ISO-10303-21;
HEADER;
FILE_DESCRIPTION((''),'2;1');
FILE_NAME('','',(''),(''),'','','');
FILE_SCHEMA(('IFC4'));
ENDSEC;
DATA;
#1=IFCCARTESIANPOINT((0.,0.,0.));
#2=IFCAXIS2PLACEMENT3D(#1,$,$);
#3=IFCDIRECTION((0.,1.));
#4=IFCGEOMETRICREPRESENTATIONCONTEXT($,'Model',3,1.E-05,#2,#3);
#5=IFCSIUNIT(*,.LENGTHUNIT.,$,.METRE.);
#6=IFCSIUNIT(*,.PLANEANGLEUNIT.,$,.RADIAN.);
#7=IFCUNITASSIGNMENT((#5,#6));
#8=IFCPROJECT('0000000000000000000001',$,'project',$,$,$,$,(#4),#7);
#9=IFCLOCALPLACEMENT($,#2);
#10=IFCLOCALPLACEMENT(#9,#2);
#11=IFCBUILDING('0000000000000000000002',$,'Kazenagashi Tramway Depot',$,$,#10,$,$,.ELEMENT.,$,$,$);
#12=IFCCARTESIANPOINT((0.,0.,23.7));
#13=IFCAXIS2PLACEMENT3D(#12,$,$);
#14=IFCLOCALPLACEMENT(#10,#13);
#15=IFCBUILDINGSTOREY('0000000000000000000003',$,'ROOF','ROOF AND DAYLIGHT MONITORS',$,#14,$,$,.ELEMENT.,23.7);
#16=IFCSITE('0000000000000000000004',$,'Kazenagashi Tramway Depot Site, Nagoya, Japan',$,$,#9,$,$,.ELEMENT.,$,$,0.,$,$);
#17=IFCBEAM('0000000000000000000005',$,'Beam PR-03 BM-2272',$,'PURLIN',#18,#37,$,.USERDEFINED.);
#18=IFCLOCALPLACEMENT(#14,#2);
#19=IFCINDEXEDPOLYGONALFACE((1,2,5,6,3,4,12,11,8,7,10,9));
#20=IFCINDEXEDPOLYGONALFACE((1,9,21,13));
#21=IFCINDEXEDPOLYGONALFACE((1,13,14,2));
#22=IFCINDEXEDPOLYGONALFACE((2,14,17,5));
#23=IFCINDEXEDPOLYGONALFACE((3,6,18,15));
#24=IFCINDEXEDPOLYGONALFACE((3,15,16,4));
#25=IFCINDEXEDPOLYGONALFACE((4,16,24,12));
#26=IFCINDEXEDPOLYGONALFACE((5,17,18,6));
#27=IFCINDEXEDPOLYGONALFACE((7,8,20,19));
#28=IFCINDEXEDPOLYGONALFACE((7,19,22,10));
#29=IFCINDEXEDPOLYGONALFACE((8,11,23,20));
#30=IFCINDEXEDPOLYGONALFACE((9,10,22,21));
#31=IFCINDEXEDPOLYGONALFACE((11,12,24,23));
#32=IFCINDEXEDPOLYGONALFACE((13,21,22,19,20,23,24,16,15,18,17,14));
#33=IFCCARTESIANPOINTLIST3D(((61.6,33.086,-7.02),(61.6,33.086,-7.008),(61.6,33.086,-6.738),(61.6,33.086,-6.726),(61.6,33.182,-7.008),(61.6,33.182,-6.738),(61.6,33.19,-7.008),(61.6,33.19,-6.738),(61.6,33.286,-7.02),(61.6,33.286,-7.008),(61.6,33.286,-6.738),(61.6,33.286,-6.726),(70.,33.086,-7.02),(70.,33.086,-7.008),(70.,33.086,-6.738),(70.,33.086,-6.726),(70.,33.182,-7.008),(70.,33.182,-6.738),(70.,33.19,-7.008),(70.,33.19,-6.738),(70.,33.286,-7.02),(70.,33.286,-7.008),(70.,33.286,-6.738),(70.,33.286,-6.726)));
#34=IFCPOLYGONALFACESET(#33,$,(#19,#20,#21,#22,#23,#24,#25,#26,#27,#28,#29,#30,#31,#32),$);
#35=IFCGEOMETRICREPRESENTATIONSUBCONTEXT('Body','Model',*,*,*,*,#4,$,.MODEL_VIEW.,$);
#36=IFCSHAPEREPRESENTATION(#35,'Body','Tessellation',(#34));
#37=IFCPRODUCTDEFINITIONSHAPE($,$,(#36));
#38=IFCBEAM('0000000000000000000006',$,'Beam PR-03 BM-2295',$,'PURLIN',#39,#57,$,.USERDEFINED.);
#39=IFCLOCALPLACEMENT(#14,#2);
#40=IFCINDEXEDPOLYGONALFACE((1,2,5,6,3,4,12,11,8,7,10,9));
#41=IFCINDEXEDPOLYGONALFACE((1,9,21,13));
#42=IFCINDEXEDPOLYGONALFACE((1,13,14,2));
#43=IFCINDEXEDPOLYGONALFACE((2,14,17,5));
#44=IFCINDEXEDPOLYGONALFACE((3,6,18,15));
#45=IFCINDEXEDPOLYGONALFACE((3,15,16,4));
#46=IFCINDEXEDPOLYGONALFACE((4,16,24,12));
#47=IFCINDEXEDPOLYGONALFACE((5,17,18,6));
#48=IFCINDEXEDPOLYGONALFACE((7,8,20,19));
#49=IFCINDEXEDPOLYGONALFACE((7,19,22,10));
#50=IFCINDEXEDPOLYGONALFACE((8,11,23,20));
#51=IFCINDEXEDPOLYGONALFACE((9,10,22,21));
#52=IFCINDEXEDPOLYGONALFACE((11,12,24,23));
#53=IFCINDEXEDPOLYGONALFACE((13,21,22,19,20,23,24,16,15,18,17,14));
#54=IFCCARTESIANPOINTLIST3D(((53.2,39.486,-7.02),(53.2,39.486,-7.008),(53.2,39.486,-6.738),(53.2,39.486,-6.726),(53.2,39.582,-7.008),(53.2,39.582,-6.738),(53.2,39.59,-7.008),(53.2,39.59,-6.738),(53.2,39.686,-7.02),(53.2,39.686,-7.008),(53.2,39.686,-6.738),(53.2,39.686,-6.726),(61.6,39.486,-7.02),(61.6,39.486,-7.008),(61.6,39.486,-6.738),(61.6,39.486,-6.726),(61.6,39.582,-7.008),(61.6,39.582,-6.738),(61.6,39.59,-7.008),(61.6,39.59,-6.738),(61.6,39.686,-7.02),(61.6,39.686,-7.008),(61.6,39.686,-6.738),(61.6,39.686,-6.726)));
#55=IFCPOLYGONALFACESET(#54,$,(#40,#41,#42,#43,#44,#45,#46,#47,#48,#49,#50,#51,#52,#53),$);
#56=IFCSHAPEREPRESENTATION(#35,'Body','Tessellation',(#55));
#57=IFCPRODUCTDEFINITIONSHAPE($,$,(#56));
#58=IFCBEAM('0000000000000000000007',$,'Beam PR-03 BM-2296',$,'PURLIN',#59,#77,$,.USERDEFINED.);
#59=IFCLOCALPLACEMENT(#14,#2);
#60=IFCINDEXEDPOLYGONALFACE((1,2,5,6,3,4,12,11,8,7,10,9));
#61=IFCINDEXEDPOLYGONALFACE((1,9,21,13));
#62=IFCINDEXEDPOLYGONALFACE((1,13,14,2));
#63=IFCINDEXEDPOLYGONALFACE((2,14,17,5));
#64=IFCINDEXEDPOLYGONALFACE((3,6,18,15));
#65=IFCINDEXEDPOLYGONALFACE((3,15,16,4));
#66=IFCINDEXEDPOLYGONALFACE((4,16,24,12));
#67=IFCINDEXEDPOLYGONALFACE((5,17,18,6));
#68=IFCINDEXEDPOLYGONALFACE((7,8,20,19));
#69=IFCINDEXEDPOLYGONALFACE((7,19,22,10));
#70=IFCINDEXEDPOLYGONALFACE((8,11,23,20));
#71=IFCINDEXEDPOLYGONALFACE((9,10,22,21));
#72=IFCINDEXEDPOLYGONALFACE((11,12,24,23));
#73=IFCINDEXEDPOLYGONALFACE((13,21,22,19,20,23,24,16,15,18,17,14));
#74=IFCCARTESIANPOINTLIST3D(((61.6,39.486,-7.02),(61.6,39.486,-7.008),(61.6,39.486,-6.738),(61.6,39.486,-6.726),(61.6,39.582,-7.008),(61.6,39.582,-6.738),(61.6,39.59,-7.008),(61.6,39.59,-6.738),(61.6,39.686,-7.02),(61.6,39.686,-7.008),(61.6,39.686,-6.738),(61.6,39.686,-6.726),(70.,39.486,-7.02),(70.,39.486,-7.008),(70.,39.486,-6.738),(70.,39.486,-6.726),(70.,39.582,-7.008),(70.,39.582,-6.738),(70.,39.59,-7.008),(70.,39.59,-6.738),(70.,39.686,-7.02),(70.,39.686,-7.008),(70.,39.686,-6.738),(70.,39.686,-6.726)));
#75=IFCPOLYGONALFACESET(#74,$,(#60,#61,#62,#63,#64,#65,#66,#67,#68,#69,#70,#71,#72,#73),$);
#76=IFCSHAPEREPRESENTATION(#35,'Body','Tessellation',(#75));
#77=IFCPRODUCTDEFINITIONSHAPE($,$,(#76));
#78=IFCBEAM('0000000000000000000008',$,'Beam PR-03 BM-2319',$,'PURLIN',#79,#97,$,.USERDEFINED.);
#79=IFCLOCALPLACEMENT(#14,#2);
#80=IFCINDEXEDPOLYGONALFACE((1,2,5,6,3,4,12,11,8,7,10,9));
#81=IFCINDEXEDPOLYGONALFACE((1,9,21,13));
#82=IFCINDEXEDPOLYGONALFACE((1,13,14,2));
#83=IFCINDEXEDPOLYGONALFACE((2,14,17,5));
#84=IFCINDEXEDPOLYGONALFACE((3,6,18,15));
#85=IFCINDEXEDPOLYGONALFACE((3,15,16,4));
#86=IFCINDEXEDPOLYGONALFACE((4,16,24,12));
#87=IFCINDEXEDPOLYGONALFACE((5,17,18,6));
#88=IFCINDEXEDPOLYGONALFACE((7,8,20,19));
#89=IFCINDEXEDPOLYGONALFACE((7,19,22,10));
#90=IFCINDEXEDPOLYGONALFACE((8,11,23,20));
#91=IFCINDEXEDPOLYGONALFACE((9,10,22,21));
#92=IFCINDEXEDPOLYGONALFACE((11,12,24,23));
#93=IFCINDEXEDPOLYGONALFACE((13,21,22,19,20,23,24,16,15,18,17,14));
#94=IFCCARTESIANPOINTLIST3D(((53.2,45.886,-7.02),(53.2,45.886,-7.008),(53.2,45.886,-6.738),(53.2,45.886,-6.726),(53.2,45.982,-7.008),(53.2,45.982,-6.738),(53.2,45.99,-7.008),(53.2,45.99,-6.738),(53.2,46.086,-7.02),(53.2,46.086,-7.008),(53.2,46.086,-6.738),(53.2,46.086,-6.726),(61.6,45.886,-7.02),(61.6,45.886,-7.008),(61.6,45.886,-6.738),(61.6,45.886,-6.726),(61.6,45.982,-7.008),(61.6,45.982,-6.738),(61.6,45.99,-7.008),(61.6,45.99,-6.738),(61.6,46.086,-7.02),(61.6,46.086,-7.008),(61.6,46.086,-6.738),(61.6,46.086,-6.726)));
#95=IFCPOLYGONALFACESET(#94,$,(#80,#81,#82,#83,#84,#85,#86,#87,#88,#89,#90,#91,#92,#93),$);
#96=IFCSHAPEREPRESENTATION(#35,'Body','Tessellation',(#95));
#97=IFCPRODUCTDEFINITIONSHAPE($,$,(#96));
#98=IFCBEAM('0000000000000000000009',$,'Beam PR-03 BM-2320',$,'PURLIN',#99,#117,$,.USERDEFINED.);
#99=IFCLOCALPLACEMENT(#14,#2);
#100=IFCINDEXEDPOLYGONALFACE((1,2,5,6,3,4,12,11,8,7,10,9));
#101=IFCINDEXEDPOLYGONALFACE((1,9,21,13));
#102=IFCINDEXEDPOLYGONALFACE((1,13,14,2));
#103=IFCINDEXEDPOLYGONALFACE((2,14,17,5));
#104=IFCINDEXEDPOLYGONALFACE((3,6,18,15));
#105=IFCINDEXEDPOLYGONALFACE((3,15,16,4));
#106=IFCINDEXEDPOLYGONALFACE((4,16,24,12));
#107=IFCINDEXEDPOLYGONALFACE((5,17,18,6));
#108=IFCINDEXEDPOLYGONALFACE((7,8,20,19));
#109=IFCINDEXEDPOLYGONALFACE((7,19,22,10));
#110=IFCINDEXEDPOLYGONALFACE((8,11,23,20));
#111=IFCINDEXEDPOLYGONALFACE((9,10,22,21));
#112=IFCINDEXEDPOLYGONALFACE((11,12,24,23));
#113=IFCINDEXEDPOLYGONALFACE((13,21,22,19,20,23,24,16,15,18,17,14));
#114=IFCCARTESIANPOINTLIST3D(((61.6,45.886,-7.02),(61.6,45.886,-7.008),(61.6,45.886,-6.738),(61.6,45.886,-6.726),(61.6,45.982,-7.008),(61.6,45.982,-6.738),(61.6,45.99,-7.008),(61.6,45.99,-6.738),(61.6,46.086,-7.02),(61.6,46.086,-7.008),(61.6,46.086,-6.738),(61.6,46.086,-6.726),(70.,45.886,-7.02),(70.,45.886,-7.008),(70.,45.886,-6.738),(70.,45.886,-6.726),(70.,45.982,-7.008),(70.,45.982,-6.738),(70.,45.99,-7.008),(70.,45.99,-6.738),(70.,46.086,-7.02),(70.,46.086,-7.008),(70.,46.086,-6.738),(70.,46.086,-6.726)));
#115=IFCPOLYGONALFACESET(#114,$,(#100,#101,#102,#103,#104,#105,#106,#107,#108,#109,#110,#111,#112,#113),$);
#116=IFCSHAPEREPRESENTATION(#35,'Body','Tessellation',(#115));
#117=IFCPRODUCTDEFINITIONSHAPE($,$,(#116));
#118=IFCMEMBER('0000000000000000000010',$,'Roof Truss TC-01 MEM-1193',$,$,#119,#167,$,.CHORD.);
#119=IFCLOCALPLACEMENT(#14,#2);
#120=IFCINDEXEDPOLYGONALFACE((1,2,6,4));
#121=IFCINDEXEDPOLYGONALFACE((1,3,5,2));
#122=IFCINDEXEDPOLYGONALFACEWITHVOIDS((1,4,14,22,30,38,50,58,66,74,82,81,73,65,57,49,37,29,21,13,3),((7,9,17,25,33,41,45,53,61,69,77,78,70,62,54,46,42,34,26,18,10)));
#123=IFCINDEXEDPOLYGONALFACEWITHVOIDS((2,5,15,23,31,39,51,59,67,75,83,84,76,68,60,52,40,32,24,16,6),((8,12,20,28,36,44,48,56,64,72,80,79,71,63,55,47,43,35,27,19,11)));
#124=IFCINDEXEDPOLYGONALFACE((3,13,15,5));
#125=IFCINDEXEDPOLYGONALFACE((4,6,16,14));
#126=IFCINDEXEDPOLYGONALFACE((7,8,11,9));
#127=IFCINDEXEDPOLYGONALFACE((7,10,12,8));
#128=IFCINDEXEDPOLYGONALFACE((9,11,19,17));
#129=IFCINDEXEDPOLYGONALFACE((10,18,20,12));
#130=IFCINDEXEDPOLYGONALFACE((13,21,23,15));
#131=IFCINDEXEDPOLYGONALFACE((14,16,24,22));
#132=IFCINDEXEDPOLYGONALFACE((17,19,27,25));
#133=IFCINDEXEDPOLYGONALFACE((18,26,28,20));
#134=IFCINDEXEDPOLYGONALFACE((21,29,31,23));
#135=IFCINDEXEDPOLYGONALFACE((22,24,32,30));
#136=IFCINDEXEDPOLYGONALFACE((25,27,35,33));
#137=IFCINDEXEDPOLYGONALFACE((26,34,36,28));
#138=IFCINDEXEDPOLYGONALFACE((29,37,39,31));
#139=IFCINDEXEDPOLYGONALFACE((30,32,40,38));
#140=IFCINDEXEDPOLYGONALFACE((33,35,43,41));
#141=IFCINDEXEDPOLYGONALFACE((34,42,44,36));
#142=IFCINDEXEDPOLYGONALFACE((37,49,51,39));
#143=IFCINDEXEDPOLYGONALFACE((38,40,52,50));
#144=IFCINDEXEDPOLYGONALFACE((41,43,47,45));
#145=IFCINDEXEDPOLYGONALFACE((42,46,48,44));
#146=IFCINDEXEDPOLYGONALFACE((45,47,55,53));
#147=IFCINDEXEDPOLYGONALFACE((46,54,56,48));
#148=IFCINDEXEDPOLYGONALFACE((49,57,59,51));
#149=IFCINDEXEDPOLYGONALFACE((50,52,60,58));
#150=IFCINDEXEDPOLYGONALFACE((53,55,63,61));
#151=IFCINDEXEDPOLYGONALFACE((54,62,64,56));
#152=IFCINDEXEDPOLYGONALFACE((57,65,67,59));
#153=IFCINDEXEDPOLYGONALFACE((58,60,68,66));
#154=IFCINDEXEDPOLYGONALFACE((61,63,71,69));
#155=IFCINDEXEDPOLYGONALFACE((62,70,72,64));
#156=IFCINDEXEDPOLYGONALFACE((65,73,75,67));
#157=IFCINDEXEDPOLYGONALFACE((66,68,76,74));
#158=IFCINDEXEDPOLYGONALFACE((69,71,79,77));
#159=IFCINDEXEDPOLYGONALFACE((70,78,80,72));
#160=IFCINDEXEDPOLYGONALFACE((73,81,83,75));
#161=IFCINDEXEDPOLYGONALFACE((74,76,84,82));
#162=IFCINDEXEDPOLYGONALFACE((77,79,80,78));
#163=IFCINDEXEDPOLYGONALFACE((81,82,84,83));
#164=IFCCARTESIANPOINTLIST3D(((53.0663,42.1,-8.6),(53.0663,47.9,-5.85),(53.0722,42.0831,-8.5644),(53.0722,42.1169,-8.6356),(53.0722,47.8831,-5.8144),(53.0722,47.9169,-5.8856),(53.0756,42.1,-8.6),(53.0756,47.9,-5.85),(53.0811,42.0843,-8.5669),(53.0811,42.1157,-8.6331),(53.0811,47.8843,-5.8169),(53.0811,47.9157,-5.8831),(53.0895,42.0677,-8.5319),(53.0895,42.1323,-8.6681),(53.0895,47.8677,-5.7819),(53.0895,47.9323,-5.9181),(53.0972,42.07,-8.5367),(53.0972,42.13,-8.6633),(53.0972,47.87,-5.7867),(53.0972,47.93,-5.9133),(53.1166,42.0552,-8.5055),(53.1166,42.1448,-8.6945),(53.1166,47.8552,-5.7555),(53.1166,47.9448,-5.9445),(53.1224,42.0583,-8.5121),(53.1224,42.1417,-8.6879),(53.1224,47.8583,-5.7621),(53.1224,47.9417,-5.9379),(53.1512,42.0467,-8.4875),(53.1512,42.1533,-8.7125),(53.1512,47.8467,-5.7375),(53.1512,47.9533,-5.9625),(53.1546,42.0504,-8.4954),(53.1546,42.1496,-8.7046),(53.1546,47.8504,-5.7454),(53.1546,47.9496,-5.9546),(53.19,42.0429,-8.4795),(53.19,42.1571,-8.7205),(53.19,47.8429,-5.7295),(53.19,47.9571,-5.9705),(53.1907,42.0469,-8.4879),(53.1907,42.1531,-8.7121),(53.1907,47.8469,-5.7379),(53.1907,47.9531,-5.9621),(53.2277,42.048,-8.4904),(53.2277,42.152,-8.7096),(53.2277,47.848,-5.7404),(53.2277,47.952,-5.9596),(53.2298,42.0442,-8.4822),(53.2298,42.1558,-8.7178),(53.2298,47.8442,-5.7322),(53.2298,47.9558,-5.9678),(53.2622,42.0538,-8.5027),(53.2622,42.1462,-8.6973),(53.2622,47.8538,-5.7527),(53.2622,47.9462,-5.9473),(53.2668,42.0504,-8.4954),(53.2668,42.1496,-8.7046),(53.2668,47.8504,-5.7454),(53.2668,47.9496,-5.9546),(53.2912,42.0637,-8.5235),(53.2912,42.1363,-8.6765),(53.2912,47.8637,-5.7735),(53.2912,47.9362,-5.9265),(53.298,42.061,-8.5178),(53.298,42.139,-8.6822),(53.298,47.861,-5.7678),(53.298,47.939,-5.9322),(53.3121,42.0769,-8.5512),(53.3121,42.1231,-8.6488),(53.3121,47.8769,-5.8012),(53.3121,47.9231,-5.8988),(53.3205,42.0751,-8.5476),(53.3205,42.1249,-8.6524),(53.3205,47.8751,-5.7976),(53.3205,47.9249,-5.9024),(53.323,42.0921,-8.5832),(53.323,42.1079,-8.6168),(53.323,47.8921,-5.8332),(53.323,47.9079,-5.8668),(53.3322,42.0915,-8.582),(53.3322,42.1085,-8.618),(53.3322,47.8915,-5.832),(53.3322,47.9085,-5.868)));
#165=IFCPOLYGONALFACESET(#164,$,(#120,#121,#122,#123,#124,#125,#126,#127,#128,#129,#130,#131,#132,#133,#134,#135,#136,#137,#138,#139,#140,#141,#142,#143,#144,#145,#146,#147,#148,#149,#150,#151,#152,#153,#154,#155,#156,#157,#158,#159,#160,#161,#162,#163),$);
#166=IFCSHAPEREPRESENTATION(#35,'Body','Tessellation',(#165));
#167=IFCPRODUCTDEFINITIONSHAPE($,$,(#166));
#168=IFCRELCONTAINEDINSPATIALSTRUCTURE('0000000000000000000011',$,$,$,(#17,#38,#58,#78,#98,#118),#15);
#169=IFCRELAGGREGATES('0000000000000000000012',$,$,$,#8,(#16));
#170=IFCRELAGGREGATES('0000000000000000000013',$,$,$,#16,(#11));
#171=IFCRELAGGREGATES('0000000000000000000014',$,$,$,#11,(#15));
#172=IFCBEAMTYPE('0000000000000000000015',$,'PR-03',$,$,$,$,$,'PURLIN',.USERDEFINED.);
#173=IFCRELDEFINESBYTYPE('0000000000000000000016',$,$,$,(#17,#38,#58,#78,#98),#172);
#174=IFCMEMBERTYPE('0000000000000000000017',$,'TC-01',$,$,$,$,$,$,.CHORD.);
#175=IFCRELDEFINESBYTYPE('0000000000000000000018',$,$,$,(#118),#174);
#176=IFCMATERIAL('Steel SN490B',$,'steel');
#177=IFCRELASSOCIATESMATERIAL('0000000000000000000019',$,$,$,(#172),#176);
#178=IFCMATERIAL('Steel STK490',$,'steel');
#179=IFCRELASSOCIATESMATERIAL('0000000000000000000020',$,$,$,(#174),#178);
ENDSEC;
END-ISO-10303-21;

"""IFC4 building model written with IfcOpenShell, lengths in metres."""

from ifc_helpers import new_model, si_unit, direction, frame, origin, origin_2d, place, context, subcontext, project, spatial, hollow_circle, i_section, extrude, material, material_profile, profile_set, type_object, element, save


model = new_model("IFC4")

# Units and contexts
model_context = context("Model", 3, precision=1e-05, world=origin(), true_north=direction((0.0, 1.0)))
body_context = subcontext(model_context, "Body", "Model", "MODEL_VIEW")
ifc_project = project(units=[si_unit("LENGTHUNIT", "METRE"), si_unit("PLANEANGLEUNIT", "RADIAN")], contexts=[model_context])

# Site, building, storey
site_placement = place(None, origin())
site = spatial("IfcSite", under=ifc_project, at=site_placement, Name="Kazenagashi Tramway Depot Site, Nagoya, Japan", CompositionType="ELEMENT", RefElevation=0.0)
building_placement = place(site_placement, origin())
building = spatial("IfcBuilding", under=site, at=building_placement, Name="Kazenagashi Tramway Depot", CompositionType="ELEMENT")
storey_placement = place(building_placement, frame((0.0, 0.0, 23.7)))
storey = spatial("IfcBuildingStorey", under=building, at=storey_placement, Name="ROOF", Description="ROOF AND DAYLIGHT MONITORS", CompositionType="ELEMENT", Elevation=23.7)

# Beams
ifc_material_1 = material(Name="Steel SN490B", Category="steel")
ifc_material_profile_1 = material_profile(ifc_material_1, i_section(OverallWidth=0.2, OverallDepth=0.294, WebThickness=0.008, FlangeThickness=0.012, at=origin_2d()), Name="H-294x200x8x12")
ifc_profile_set_1 = profile_set([ifc_material_profile_1], Name="Steel SN490B")
beam_type_1 = type_object("IfcBeamType", Name="PR-03", ElementType="PURLIN", PredefinedType="USERDEFINED", material=ifc_profile_set_1)
for number, where, z_axis, x_axis, name in (
    (1, (61.6, 33.186, -6.873), (1.0, 0.0, 0.0), (0.0, 1.0, 0.0), "Beam PR-03 BM-2272"),
    (2, (53.2, 39.586, -6.873), (1.0, 0.0, 0.0), (0.0, 1.0, 0.0), "Beam PR-03 BM-2295"),
    (3, (61.6, 39.586, -6.873), (1.0, 0.0, 0.0), (0.0, 1.0, 0.0), "Beam PR-03 BM-2296"),
    (4, (53.2, 45.986, -6.873), (1.0, 0.0, 0.0), (0.0, 1.0, 0.0), "Beam PR-03 BM-2319"),
    (5, (61.6, 45.986, -6.873), (1.0, 0.0, 0.0), (0.0, 1.0, 0.0), "Beam PR-03 BM-2320"),
):
    element("IfcBeam", number, at=place(storey_placement, frame(where, z_axis=z_axis, x_axis=x_axis)), inside=storey, type_object=beam_type_1, Name=name, ObjectType="PURLIN", PredefinedType="USERDEFINED", context=body_context, shape_type="SweptSolid", body=[
        extrude(i_section(OverallWidth=0.2, OverallDepth=0.294, WebThickness=0.008, FlangeThickness=0.012, at=origin_2d()), origin(), (0.0, 0.0, 1.0), 8.4),
    ])

# Member
ifc_material_2 = material(Name="Steel STK490", Category="steel")
ifc_material_profile_2 = material_profile(ifc_material_2, hollow_circle(Radius=0.1337, WallThickness=0.0093, at=origin_2d()), Name="CHS-267.4x9.3")
ifc_profile_set_2 = profile_set([ifc_material_profile_2], Name="Steel STK490")
member_type_1 = type_object("IfcMemberType", Name="TC-01", PredefinedType="CHORD", material=ifc_profile_set_2)
for number, where, z_axis, x_axis, name in (
    (6, (53.2, 42.1, -8.6), (0.0, 0.903579, 0.428421), (-1.0, 0.0, 0.0), "Roof Truss TC-01 MEM-1193"),
):
    element("IfcMember", number, at=place(storey_placement, frame(where, z_axis=z_axis, x_axis=x_axis)), inside=storey, type_object=member_type_1, Name=name, PredefinedType="CHORD", context=body_context, shape_type="SweptSolid", body=[
        extrude(hollow_circle(Radius=0.1337, WallThickness=0.0093, at=origin_2d()), origin(), (0.0, 0.0, 1.0), 6.4189),
    ])

save(model, "model.ifc")
